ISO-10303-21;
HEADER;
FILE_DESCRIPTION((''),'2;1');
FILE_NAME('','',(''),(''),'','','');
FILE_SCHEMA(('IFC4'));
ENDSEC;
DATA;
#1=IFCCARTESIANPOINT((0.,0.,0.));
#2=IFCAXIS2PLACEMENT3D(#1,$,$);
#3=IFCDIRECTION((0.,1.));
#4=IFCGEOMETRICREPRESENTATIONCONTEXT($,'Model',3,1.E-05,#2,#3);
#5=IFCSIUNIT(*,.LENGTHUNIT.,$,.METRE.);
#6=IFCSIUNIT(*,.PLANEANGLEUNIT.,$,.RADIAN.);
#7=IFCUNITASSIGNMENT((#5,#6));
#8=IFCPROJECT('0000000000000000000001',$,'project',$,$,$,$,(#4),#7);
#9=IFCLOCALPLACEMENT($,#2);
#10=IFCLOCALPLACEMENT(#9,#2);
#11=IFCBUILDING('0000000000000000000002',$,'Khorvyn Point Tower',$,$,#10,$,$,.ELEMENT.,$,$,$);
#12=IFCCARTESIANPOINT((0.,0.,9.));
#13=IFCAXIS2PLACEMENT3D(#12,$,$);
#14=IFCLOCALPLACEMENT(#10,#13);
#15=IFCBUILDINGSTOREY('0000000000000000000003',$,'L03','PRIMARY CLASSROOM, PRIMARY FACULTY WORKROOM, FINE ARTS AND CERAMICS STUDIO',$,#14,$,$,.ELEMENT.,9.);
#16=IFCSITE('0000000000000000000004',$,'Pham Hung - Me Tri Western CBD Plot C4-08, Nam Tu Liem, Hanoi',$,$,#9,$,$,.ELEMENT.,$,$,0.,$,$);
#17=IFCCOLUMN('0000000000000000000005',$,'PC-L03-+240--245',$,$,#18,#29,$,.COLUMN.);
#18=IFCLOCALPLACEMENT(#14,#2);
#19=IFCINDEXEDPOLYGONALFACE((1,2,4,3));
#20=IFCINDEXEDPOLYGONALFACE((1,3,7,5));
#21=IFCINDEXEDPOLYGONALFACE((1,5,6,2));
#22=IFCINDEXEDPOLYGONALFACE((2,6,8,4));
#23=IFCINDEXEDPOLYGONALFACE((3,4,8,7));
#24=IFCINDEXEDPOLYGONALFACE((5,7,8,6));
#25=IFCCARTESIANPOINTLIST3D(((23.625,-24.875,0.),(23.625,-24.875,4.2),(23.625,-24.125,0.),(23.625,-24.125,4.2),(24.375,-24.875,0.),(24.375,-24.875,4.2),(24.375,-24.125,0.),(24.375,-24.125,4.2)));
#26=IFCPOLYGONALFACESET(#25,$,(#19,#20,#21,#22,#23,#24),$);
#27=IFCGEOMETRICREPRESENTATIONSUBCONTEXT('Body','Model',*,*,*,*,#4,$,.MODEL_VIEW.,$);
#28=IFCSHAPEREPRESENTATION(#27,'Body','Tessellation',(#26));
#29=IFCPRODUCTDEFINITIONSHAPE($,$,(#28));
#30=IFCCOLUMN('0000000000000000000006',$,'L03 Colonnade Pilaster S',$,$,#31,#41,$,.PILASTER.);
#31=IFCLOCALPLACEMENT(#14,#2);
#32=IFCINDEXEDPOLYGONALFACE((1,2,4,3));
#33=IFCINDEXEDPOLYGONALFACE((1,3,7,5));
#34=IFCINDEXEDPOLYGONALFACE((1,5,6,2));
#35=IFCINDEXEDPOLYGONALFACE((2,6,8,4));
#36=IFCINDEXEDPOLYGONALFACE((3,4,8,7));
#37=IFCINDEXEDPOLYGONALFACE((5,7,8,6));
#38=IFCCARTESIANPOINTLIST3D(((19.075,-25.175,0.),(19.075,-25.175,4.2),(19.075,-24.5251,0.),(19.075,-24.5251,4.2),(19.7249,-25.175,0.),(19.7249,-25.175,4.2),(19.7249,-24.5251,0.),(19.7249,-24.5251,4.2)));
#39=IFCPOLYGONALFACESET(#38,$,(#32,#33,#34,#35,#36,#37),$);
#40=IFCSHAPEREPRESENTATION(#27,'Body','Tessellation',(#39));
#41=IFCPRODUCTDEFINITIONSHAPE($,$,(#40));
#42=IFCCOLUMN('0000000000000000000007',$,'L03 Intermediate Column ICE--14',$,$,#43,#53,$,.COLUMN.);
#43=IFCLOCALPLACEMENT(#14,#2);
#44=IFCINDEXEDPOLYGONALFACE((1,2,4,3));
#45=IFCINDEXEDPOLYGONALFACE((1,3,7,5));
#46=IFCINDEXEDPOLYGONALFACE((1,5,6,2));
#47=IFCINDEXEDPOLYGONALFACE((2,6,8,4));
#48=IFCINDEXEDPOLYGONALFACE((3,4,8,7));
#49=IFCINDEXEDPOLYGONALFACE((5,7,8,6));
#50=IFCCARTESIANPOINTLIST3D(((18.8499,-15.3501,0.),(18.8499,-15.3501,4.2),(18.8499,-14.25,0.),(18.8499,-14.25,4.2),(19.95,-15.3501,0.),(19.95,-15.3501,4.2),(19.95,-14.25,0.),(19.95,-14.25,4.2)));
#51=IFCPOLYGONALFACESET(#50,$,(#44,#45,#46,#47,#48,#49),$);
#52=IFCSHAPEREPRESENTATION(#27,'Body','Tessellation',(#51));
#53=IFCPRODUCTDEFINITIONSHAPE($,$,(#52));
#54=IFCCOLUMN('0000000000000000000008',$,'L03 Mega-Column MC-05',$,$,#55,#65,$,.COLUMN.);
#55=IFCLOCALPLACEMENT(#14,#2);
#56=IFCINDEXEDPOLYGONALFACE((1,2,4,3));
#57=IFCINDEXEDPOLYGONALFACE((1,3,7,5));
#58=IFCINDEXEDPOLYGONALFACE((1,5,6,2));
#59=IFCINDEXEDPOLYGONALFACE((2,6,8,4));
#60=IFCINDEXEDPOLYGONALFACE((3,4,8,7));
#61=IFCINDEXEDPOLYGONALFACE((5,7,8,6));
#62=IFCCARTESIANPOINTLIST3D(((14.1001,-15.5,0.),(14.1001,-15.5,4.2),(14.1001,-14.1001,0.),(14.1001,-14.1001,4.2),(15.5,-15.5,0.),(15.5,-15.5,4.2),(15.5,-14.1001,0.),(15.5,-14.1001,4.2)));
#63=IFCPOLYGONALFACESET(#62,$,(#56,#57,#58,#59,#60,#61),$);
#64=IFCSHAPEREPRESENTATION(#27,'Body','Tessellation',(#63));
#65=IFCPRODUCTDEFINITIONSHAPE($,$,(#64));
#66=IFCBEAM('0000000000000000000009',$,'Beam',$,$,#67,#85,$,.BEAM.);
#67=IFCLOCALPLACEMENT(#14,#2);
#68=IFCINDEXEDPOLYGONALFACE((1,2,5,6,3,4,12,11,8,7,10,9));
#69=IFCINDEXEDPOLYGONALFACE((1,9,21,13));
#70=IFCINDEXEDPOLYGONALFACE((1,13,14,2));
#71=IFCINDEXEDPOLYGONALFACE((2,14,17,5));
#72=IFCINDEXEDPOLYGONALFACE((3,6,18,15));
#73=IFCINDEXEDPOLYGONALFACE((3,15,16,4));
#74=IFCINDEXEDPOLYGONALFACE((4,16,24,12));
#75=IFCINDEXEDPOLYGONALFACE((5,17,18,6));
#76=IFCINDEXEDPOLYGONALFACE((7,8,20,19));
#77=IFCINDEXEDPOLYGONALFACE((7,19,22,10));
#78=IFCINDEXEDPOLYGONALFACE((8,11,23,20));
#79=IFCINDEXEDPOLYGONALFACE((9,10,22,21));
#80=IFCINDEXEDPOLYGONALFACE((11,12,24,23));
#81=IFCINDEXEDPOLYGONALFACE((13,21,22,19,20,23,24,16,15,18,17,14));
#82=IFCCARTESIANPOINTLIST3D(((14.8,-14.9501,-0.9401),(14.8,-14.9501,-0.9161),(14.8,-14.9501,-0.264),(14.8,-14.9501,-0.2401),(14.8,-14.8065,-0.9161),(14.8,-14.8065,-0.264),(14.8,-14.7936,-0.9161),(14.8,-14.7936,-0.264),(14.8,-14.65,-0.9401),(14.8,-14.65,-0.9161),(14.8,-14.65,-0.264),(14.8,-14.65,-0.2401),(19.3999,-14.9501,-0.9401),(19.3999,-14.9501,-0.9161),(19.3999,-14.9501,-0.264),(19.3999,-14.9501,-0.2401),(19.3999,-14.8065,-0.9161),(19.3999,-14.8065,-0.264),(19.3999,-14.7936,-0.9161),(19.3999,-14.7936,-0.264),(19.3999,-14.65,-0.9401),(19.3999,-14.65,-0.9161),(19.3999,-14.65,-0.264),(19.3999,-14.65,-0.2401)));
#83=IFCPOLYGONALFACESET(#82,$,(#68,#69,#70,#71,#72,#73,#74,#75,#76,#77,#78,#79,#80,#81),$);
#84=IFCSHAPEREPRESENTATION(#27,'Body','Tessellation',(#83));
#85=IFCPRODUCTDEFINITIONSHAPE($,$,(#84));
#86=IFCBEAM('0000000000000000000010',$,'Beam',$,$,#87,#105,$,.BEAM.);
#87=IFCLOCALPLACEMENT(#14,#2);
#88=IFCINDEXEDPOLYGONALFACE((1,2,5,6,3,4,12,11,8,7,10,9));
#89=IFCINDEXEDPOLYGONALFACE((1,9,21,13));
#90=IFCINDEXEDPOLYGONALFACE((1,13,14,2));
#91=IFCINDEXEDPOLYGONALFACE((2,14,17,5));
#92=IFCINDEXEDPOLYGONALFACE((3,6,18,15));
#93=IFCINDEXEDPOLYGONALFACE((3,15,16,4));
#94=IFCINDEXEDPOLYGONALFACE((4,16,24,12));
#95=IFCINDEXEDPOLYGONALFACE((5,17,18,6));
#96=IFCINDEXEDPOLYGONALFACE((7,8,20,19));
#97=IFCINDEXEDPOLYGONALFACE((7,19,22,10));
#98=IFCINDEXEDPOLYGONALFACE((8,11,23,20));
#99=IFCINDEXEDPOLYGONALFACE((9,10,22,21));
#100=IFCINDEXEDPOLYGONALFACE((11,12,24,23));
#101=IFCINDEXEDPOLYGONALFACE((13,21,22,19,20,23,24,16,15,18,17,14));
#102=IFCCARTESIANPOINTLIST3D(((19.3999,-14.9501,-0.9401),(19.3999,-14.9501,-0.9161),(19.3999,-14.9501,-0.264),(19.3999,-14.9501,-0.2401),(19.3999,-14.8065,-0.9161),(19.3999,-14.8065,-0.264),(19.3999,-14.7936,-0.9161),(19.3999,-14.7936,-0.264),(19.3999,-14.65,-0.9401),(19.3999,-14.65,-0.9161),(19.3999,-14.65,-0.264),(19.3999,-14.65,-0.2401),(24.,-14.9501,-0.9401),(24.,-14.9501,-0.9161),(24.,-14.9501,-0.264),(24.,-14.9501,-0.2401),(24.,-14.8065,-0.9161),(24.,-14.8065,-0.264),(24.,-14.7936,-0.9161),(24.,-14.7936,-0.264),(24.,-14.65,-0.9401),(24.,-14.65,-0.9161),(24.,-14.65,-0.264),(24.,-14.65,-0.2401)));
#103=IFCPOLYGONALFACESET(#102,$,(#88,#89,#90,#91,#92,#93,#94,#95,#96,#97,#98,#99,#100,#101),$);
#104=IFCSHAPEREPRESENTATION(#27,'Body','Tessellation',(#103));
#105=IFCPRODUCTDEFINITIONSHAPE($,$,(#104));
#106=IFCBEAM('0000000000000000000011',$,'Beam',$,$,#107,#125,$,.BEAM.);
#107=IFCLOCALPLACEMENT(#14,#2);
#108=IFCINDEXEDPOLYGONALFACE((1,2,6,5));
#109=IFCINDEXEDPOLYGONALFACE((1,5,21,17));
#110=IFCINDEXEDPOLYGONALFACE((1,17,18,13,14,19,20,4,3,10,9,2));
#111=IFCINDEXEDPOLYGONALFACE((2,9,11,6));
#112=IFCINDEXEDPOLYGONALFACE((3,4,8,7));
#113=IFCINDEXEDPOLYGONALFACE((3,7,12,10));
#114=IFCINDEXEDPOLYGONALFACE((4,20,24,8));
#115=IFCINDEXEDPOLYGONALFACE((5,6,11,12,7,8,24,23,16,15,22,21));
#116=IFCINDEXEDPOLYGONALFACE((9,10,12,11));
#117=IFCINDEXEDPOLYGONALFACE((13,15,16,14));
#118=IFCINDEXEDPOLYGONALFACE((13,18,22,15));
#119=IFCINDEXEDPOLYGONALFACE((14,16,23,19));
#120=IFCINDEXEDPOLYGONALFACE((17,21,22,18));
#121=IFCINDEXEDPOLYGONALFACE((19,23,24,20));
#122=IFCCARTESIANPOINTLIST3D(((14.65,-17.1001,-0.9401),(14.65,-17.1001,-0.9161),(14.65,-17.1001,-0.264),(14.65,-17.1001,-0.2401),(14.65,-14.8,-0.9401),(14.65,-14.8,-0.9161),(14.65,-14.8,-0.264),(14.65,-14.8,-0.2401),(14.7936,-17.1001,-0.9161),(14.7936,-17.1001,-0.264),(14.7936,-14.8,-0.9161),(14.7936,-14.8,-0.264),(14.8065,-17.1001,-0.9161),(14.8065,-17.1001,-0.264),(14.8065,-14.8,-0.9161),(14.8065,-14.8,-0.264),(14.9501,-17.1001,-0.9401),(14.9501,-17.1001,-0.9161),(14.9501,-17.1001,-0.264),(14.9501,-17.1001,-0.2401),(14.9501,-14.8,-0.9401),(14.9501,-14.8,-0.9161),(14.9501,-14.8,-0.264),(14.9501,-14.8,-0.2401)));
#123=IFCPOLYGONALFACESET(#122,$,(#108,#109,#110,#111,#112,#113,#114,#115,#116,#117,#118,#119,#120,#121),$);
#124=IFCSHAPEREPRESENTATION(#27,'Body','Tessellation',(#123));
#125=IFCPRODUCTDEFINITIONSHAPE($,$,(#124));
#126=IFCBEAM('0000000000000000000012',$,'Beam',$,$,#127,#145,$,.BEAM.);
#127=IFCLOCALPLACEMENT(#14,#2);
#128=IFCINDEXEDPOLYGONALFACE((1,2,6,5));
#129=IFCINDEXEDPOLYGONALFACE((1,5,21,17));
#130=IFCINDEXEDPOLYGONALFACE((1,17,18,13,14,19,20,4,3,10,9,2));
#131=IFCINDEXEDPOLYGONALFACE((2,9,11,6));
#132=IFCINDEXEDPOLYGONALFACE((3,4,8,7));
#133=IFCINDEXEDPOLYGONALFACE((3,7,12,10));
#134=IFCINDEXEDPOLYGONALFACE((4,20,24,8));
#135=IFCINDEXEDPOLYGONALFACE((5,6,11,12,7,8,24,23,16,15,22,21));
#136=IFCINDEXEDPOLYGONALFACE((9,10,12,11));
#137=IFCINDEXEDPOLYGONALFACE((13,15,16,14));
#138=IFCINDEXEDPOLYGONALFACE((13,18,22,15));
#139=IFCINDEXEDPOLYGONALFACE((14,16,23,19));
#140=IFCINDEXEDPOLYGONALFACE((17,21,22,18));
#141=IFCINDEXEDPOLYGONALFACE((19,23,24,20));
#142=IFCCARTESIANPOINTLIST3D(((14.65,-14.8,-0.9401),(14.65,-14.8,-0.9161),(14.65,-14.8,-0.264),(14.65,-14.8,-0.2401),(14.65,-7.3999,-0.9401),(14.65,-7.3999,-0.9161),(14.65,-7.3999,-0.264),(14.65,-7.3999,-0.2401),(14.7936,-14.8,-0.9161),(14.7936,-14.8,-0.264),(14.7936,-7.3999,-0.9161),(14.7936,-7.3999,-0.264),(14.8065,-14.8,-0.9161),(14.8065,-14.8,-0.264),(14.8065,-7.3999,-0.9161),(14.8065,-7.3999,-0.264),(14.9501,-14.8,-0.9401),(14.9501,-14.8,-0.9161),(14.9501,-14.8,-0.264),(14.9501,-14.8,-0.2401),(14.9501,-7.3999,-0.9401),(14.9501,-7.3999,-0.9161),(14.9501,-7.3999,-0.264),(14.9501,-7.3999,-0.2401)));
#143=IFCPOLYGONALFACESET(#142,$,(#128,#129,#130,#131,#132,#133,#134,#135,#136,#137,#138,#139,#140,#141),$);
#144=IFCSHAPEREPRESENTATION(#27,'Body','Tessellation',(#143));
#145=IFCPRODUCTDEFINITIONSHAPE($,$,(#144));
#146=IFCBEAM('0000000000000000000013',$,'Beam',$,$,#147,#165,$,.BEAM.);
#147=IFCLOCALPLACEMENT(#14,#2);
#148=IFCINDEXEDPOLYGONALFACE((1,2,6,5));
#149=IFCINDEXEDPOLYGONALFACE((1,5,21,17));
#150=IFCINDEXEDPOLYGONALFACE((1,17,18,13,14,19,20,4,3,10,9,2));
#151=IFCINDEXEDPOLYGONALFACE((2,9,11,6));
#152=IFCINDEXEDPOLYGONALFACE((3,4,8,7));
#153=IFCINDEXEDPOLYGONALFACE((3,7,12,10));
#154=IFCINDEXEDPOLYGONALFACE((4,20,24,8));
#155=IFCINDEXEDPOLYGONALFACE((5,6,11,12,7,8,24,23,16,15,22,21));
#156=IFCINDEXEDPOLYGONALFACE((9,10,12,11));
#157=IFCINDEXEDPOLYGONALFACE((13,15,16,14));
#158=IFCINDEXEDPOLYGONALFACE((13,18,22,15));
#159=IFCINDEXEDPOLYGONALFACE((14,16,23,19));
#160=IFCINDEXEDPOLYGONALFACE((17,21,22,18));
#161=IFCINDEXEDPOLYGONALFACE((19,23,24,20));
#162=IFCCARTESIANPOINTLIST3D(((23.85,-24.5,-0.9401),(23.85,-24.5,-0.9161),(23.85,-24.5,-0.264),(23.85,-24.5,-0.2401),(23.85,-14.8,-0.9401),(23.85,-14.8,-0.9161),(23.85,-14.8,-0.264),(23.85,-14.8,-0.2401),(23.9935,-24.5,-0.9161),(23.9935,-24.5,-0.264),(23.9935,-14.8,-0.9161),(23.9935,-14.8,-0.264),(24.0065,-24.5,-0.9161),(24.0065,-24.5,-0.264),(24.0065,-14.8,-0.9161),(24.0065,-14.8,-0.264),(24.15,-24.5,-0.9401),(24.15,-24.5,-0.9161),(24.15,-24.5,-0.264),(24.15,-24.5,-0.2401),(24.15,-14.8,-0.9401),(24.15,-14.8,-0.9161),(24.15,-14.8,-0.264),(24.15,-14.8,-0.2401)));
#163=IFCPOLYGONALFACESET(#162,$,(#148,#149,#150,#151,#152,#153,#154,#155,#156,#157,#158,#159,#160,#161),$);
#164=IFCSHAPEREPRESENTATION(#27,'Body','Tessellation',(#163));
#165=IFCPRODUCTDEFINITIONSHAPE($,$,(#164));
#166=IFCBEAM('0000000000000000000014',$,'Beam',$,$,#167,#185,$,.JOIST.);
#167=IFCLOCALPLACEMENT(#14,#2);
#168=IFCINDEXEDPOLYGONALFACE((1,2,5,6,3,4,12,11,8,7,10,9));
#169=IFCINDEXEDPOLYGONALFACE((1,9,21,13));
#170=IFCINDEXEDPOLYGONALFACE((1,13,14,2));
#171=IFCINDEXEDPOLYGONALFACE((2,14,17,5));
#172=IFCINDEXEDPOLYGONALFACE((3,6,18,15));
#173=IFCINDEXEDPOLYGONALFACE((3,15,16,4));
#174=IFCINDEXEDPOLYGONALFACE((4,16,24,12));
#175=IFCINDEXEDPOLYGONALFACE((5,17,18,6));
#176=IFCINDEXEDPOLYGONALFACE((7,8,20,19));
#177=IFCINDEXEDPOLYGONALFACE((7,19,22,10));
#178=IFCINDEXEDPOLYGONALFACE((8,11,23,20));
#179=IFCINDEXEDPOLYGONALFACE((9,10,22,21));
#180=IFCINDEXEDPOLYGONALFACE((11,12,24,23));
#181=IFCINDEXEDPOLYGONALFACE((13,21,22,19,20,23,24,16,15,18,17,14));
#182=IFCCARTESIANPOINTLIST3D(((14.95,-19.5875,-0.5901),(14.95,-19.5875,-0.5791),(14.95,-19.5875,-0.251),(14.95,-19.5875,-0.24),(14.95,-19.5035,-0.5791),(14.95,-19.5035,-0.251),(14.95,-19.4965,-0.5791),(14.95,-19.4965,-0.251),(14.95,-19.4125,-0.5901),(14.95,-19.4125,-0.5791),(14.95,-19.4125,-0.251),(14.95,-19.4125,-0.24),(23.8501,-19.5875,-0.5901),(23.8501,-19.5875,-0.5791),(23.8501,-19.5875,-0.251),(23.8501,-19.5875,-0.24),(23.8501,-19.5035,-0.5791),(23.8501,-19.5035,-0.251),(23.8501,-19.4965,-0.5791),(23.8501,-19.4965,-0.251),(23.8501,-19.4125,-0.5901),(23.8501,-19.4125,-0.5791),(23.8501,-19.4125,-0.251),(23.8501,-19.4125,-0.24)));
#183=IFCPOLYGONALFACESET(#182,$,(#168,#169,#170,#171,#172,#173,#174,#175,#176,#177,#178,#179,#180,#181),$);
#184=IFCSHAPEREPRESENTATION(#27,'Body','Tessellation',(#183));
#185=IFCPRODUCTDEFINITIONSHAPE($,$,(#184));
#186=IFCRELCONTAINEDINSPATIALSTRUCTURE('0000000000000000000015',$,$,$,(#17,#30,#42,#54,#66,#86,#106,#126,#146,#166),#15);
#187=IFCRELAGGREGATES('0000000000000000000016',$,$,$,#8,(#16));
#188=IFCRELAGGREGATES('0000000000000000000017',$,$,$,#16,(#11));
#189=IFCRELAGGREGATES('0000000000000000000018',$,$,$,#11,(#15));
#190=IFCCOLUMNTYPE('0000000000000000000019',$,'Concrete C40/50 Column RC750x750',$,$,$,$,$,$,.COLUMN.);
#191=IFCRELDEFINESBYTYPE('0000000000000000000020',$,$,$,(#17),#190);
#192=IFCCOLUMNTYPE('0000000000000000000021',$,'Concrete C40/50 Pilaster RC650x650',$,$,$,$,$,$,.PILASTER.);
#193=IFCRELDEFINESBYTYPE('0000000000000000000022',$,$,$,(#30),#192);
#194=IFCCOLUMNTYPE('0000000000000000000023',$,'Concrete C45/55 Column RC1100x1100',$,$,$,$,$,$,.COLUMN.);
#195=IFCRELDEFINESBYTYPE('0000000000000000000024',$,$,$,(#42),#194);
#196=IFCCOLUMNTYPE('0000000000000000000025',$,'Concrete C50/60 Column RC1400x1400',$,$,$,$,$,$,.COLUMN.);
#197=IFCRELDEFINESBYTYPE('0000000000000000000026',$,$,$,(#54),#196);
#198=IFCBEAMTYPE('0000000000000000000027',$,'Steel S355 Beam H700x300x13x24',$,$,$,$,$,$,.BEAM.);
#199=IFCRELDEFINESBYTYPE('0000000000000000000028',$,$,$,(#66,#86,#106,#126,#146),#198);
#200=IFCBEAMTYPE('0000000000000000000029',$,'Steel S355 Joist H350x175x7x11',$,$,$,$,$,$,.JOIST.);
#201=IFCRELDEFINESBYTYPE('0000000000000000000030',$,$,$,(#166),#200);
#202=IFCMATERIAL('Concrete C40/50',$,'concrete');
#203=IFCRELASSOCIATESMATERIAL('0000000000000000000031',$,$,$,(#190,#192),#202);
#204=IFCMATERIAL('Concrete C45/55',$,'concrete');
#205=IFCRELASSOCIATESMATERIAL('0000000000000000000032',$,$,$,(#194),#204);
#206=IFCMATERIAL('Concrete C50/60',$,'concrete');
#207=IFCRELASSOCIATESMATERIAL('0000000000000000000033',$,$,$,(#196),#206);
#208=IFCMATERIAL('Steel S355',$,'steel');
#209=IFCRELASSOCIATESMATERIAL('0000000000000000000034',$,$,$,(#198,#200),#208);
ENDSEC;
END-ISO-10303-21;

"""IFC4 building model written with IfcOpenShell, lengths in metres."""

from ifc_helpers import new_model, si_unit, direction, frame, origin, origin_2d, place, context, subcontext, project, spatial, rectangle, i_section, extrude, material, material_profile, profile_set, type_object, element, save


model = new_model("IFC4")

# Units and contexts
model_context = context("Model", 3, precision=1e-05, world=origin(), true_north=direction((0.0, 1.0)))
body_context = subcontext(model_context, "Body", "Model", "MODEL_VIEW")
ifc_project = project(units=[si_unit("LENGTHUNIT", "METRE"), si_unit("PLANEANGLEUNIT", "RADIAN")], contexts=[model_context])

# Site, building, storey
site_placement = place(None, origin())
site = spatial("IfcSite", under=ifc_project, at=site_placement, Name="Pham Hung - Me Tri Western CBD Plot C4-08, Nam Tu Liem, Hanoi", CompositionType="ELEMENT", RefElevation=0.0)
building_placement = place(site_placement, origin())
building = spatial("IfcBuilding", under=site, at=building_placement, Name="Khorvyn Point Tower", CompositionType="ELEMENT")
storey_placement = place(building_placement, frame((0.0, 0.0, 9.0)))
storey = spatial("IfcBuildingStorey", under=building, at=storey_placement, Name="L03", Description="PRIMARY CLASSROOM, PRIMARY FACULTY WORKROOM, FINE ARTS AND CERAMICS STUDIO", CompositionType="ELEMENT", Elevation=9.0)

# Columns
ifc_material_1 = material(Name="Concrete C40/50", Category="concrete")
ifc_material_profile_1 = material_profile(ifc_material_1, rectangle(XDim=0.75, YDim=0.75, at=origin_2d()))
ifc_profile_set_1 = profile_set([ifc_material_profile_1], Name="Concrete C40/50 RC750x750")
column_type_1 = type_object("IfcColumnType", Name="Concrete C40/50 Column RC750x750", PredefinedType="COLUMN", material=ifc_profile_set_1)
column_1_placement = place(storey_placement, frame((24.0, -24.5, 0.0), z_axis=(0.0, 0.0, 1.0), x_axis=(1.0, 0.0, 0.0)))
element("IfcColumn", 1, at=column_1_placement, inside=storey, type_object=column_type_1, Name="PC-L03-+240--245", PredefinedType="COLUMN", context=body_context, shape_type="SweptSolid", body=[
    extrude(rectangle(XDim=0.75, YDim=0.75, at=origin_2d()), origin(), (0.0, 0.0, 1.0), 4.2),
])
ifc_material_profile_2 = material_profile(ifc_material_1, rectangle(XDim=0.6499, YDim=0.6499, at=origin_2d()))
ifc_profile_set_2 = profile_set([ifc_material_profile_2], Name="Concrete C40/50 RC650x650")
column_type_2 = type_object("IfcColumnType", Name="Concrete C40/50 Pilaster RC650x650", PredefinedType="PILASTER", material=ifc_profile_set_2)
column_2_placement = place(storey_placement, frame((19.3999, -24.8501, 0.0), z_axis=(0.0, 0.0, 1.0), x_axis=(1.0, 0.0, 0.0)))
element("IfcColumn", 2, at=column_2_placement, inside=storey, type_object=column_type_2, Name="L03 Colonnade Pilaster S", PredefinedType="PILASTER", context=body_context, shape_type="SweptSolid", body=[
    extrude(rectangle(XDim=0.6499, YDim=0.6499, at=origin_2d()), origin(), (0.0, 0.0, 1.0), 4.2),
])
ifc_material_2 = material(Name="Concrete C45/55", Category="concrete")
ifc_material_profile_3 = material_profile(ifc_material_2, rectangle(XDim=1.1001, YDim=1.1001, at=origin_2d()))
ifc_profile_set_3 = profile_set([ifc_material_profile_3], Name="Concrete C45/55 RC1100x1100")
column_type_3 = type_object("IfcColumnType", Name="Concrete C45/55 Column RC1100x1100", PredefinedType="COLUMN", material=ifc_profile_set_3)
column_3_placement = place(storey_placement, frame((19.3999, -14.8, 0.0), z_axis=(0.0, 0.0, 1.0), x_axis=(1.0, 0.0, 0.0)))
element("IfcColumn", 3, at=column_3_placement, inside=storey, type_object=column_type_3, Name="L03 Intermediate Column ICE--14", PredefinedType="COLUMN", context=body_context, shape_type="SweptSolid", body=[
    extrude(rectangle(XDim=1.1001, YDim=1.1001, at=origin_2d()), origin(), (0.0, 0.0, 1.0), 4.2),
])
ifc_material_3 = material(Name="Concrete C50/60", Category="concrete")
ifc_material_profile_4 = material_profile(ifc_material_3, rectangle(XDim=1.3999, YDim=1.3999, at=origin_2d()))
ifc_profile_set_4 = profile_set([ifc_material_profile_4], Name="Concrete C50/60 RC1400x1400")
column_type_4 = type_object("IfcColumnType", Name="Concrete C50/60 Column RC1400x1400", PredefinedType="COLUMN", material=ifc_profile_set_4)
column_4_placement = place(storey_placement, frame((14.8, -14.8, 0.0), z_axis=(0.0, 0.0, 1.0), x_axis=(1.0, 0.0, 0.0)))
element("IfcColumn", 4, at=column_4_placement, inside=storey, type_object=column_type_4, Name="L03 Mega-Column MC-05", PredefinedType="COLUMN", context=body_context, shape_type="SweptSolid", body=[
    extrude(rectangle(XDim=1.3999, YDim=1.3999, at=origin_2d()), origin(), (0.0, 0.0, 1.0), 4.2),
])

# Beams
ifc_material_4 = material(Name="Steel S355", Category="steel")
ifc_material_profile_5 = material_profile(ifc_material_4, i_section(OverallWidth=0.3, OverallDepth=0.7, WebThickness=0.0129, FlangeThickness=0.0239, at=origin_2d()))
ifc_profile_set_5 = profile_set([ifc_material_profile_5], Name="Steel S355 H700x300x13x24")
beam_type_1 = type_object("IfcBeamType", Name="Steel S355 Beam H700x300x13x24", PredefinedType="BEAM", material=ifc_profile_set_5)
beam_1_placement = place(storey_placement, frame((14.8, -14.8, -0.5901), z_axis=(1.0, 0.0, 0.0), x_axis=(0.0, 1.0, 0.0)))
element("IfcBeam", 5, at=beam_1_placement, inside=storey, type_object=beam_type_1, Name="Beam", PredefinedType="BEAM", context=body_context, shape_type="SweptSolid", body=[
    extrude(i_section(OverallWidth=0.3, OverallDepth=0.7, WebThickness=0.0129, FlangeThickness=0.0239, at=origin_2d()), origin(), (0.0, 0.0, 1.0), 4.5999),
])
beam_2_placement = place(storey_placement, frame((19.3999, -14.8, -0.5901), z_axis=(1.0, 0.0, 0.0), x_axis=(0.0, 1.0, 0.0)))
element("IfcBeam", 6, at=beam_2_placement, inside=storey, type_object=beam_type_1, Name="Beam", PredefinedType="BEAM", context=body_context, shape_type="SweptSolid", body=[
    extrude(i_section(OverallWidth=0.3, OverallDepth=0.7, WebThickness=0.0129, FlangeThickness=0.0239, at=origin_2d()), origin(), (0.0, 0.0, 1.0), 4.6001),
])
beam_3_placement = place(storey_placement, frame((14.8, -17.1001, -0.5901), z_axis=(0.0, 1.0, 0.0), x_axis=(-1.0, 0.0, 0.0)))
element("IfcBeam", 7, at=beam_3_placement, inside=storey, type_object=beam_type_1, Name="Beam", PredefinedType="BEAM", context=body_context, shape_type="SweptSolid", body=[
    extrude(i_section(OverallWidth=0.3, OverallDepth=0.7, WebThickness=0.0129, FlangeThickness=0.0239, at=origin_2d()), origin(), (0.0, 0.0, 1.0), 2.3),
])
beam_4_placement = place(storey_placement, frame((14.8, -14.8, -0.5901), z_axis=(0.0, 1.0, 0.0), x_axis=(-1.0, 0.0, 0.0)))
element("IfcBeam", 8, at=beam_4_placement, inside=storey, type_object=beam_type_1, Name="Beam", PredefinedType="BEAM", context=body_context, shape_type="SweptSolid", body=[
    extrude(i_section(OverallWidth=0.3, OverallDepth=0.7, WebThickness=0.0129, FlangeThickness=0.0239, at=origin_2d()), origin(), (0.0, 0.0, 1.0), 7.4001),
])
beam_5_placement = place(storey_placement, frame((24.0, -24.5, -0.5901), z_axis=(0.0, 1.0, 0.0), x_axis=(-1.0, 0.0, 0.0)))
element("IfcBeam", 9, at=beam_5_placement, inside=storey, type_object=beam_type_1, Name="Beam", PredefinedType="BEAM", context=body_context, shape_type="SweptSolid", body=[
    extrude(i_section(OverallWidth=0.3, OverallDepth=0.7, WebThickness=0.0129, FlangeThickness=0.0239, at=origin_2d()), origin(), (0.0, 0.0, 1.0), 9.7),
])
ifc_material_profile_6 = material_profile(ifc_material_4, i_section(OverallWidth=0.175, OverallDepth=0.3501, WebThickness=0.0071, FlangeThickness=0.011, at=origin_2d()))
ifc_profile_set_6 = profile_set([ifc_material_profile_6], Name="Steel S355 H350x175x7x11")
beam_type_2 = type_object("IfcBeamType", Name="Steel S355 Joist H350x175x7x11", PredefinedType="JOIST", material=ifc_profile_set_6)
beam_6_placement = place(storey_placement, frame((14.95, -19.5, -0.415), z_axis=(1.0, 0.0, 0.0), x_axis=(0.0, 1.0, 0.0)))
element("IfcBeam", 10, at=beam_6_placement, inside=storey, type_object=beam_type_2, Name="Beam", PredefinedType="JOIST", context=body_context, shape_type="SweptSolid", body=[
    extrude(i_section(OverallWidth=0.175, OverallDepth=0.3501, WebThickness=0.0071, FlangeThickness=0.011, at=origin_2d()), origin(), (0.0, 0.0, 1.0), 8.9001),
])

save(model, "model.ifc")
